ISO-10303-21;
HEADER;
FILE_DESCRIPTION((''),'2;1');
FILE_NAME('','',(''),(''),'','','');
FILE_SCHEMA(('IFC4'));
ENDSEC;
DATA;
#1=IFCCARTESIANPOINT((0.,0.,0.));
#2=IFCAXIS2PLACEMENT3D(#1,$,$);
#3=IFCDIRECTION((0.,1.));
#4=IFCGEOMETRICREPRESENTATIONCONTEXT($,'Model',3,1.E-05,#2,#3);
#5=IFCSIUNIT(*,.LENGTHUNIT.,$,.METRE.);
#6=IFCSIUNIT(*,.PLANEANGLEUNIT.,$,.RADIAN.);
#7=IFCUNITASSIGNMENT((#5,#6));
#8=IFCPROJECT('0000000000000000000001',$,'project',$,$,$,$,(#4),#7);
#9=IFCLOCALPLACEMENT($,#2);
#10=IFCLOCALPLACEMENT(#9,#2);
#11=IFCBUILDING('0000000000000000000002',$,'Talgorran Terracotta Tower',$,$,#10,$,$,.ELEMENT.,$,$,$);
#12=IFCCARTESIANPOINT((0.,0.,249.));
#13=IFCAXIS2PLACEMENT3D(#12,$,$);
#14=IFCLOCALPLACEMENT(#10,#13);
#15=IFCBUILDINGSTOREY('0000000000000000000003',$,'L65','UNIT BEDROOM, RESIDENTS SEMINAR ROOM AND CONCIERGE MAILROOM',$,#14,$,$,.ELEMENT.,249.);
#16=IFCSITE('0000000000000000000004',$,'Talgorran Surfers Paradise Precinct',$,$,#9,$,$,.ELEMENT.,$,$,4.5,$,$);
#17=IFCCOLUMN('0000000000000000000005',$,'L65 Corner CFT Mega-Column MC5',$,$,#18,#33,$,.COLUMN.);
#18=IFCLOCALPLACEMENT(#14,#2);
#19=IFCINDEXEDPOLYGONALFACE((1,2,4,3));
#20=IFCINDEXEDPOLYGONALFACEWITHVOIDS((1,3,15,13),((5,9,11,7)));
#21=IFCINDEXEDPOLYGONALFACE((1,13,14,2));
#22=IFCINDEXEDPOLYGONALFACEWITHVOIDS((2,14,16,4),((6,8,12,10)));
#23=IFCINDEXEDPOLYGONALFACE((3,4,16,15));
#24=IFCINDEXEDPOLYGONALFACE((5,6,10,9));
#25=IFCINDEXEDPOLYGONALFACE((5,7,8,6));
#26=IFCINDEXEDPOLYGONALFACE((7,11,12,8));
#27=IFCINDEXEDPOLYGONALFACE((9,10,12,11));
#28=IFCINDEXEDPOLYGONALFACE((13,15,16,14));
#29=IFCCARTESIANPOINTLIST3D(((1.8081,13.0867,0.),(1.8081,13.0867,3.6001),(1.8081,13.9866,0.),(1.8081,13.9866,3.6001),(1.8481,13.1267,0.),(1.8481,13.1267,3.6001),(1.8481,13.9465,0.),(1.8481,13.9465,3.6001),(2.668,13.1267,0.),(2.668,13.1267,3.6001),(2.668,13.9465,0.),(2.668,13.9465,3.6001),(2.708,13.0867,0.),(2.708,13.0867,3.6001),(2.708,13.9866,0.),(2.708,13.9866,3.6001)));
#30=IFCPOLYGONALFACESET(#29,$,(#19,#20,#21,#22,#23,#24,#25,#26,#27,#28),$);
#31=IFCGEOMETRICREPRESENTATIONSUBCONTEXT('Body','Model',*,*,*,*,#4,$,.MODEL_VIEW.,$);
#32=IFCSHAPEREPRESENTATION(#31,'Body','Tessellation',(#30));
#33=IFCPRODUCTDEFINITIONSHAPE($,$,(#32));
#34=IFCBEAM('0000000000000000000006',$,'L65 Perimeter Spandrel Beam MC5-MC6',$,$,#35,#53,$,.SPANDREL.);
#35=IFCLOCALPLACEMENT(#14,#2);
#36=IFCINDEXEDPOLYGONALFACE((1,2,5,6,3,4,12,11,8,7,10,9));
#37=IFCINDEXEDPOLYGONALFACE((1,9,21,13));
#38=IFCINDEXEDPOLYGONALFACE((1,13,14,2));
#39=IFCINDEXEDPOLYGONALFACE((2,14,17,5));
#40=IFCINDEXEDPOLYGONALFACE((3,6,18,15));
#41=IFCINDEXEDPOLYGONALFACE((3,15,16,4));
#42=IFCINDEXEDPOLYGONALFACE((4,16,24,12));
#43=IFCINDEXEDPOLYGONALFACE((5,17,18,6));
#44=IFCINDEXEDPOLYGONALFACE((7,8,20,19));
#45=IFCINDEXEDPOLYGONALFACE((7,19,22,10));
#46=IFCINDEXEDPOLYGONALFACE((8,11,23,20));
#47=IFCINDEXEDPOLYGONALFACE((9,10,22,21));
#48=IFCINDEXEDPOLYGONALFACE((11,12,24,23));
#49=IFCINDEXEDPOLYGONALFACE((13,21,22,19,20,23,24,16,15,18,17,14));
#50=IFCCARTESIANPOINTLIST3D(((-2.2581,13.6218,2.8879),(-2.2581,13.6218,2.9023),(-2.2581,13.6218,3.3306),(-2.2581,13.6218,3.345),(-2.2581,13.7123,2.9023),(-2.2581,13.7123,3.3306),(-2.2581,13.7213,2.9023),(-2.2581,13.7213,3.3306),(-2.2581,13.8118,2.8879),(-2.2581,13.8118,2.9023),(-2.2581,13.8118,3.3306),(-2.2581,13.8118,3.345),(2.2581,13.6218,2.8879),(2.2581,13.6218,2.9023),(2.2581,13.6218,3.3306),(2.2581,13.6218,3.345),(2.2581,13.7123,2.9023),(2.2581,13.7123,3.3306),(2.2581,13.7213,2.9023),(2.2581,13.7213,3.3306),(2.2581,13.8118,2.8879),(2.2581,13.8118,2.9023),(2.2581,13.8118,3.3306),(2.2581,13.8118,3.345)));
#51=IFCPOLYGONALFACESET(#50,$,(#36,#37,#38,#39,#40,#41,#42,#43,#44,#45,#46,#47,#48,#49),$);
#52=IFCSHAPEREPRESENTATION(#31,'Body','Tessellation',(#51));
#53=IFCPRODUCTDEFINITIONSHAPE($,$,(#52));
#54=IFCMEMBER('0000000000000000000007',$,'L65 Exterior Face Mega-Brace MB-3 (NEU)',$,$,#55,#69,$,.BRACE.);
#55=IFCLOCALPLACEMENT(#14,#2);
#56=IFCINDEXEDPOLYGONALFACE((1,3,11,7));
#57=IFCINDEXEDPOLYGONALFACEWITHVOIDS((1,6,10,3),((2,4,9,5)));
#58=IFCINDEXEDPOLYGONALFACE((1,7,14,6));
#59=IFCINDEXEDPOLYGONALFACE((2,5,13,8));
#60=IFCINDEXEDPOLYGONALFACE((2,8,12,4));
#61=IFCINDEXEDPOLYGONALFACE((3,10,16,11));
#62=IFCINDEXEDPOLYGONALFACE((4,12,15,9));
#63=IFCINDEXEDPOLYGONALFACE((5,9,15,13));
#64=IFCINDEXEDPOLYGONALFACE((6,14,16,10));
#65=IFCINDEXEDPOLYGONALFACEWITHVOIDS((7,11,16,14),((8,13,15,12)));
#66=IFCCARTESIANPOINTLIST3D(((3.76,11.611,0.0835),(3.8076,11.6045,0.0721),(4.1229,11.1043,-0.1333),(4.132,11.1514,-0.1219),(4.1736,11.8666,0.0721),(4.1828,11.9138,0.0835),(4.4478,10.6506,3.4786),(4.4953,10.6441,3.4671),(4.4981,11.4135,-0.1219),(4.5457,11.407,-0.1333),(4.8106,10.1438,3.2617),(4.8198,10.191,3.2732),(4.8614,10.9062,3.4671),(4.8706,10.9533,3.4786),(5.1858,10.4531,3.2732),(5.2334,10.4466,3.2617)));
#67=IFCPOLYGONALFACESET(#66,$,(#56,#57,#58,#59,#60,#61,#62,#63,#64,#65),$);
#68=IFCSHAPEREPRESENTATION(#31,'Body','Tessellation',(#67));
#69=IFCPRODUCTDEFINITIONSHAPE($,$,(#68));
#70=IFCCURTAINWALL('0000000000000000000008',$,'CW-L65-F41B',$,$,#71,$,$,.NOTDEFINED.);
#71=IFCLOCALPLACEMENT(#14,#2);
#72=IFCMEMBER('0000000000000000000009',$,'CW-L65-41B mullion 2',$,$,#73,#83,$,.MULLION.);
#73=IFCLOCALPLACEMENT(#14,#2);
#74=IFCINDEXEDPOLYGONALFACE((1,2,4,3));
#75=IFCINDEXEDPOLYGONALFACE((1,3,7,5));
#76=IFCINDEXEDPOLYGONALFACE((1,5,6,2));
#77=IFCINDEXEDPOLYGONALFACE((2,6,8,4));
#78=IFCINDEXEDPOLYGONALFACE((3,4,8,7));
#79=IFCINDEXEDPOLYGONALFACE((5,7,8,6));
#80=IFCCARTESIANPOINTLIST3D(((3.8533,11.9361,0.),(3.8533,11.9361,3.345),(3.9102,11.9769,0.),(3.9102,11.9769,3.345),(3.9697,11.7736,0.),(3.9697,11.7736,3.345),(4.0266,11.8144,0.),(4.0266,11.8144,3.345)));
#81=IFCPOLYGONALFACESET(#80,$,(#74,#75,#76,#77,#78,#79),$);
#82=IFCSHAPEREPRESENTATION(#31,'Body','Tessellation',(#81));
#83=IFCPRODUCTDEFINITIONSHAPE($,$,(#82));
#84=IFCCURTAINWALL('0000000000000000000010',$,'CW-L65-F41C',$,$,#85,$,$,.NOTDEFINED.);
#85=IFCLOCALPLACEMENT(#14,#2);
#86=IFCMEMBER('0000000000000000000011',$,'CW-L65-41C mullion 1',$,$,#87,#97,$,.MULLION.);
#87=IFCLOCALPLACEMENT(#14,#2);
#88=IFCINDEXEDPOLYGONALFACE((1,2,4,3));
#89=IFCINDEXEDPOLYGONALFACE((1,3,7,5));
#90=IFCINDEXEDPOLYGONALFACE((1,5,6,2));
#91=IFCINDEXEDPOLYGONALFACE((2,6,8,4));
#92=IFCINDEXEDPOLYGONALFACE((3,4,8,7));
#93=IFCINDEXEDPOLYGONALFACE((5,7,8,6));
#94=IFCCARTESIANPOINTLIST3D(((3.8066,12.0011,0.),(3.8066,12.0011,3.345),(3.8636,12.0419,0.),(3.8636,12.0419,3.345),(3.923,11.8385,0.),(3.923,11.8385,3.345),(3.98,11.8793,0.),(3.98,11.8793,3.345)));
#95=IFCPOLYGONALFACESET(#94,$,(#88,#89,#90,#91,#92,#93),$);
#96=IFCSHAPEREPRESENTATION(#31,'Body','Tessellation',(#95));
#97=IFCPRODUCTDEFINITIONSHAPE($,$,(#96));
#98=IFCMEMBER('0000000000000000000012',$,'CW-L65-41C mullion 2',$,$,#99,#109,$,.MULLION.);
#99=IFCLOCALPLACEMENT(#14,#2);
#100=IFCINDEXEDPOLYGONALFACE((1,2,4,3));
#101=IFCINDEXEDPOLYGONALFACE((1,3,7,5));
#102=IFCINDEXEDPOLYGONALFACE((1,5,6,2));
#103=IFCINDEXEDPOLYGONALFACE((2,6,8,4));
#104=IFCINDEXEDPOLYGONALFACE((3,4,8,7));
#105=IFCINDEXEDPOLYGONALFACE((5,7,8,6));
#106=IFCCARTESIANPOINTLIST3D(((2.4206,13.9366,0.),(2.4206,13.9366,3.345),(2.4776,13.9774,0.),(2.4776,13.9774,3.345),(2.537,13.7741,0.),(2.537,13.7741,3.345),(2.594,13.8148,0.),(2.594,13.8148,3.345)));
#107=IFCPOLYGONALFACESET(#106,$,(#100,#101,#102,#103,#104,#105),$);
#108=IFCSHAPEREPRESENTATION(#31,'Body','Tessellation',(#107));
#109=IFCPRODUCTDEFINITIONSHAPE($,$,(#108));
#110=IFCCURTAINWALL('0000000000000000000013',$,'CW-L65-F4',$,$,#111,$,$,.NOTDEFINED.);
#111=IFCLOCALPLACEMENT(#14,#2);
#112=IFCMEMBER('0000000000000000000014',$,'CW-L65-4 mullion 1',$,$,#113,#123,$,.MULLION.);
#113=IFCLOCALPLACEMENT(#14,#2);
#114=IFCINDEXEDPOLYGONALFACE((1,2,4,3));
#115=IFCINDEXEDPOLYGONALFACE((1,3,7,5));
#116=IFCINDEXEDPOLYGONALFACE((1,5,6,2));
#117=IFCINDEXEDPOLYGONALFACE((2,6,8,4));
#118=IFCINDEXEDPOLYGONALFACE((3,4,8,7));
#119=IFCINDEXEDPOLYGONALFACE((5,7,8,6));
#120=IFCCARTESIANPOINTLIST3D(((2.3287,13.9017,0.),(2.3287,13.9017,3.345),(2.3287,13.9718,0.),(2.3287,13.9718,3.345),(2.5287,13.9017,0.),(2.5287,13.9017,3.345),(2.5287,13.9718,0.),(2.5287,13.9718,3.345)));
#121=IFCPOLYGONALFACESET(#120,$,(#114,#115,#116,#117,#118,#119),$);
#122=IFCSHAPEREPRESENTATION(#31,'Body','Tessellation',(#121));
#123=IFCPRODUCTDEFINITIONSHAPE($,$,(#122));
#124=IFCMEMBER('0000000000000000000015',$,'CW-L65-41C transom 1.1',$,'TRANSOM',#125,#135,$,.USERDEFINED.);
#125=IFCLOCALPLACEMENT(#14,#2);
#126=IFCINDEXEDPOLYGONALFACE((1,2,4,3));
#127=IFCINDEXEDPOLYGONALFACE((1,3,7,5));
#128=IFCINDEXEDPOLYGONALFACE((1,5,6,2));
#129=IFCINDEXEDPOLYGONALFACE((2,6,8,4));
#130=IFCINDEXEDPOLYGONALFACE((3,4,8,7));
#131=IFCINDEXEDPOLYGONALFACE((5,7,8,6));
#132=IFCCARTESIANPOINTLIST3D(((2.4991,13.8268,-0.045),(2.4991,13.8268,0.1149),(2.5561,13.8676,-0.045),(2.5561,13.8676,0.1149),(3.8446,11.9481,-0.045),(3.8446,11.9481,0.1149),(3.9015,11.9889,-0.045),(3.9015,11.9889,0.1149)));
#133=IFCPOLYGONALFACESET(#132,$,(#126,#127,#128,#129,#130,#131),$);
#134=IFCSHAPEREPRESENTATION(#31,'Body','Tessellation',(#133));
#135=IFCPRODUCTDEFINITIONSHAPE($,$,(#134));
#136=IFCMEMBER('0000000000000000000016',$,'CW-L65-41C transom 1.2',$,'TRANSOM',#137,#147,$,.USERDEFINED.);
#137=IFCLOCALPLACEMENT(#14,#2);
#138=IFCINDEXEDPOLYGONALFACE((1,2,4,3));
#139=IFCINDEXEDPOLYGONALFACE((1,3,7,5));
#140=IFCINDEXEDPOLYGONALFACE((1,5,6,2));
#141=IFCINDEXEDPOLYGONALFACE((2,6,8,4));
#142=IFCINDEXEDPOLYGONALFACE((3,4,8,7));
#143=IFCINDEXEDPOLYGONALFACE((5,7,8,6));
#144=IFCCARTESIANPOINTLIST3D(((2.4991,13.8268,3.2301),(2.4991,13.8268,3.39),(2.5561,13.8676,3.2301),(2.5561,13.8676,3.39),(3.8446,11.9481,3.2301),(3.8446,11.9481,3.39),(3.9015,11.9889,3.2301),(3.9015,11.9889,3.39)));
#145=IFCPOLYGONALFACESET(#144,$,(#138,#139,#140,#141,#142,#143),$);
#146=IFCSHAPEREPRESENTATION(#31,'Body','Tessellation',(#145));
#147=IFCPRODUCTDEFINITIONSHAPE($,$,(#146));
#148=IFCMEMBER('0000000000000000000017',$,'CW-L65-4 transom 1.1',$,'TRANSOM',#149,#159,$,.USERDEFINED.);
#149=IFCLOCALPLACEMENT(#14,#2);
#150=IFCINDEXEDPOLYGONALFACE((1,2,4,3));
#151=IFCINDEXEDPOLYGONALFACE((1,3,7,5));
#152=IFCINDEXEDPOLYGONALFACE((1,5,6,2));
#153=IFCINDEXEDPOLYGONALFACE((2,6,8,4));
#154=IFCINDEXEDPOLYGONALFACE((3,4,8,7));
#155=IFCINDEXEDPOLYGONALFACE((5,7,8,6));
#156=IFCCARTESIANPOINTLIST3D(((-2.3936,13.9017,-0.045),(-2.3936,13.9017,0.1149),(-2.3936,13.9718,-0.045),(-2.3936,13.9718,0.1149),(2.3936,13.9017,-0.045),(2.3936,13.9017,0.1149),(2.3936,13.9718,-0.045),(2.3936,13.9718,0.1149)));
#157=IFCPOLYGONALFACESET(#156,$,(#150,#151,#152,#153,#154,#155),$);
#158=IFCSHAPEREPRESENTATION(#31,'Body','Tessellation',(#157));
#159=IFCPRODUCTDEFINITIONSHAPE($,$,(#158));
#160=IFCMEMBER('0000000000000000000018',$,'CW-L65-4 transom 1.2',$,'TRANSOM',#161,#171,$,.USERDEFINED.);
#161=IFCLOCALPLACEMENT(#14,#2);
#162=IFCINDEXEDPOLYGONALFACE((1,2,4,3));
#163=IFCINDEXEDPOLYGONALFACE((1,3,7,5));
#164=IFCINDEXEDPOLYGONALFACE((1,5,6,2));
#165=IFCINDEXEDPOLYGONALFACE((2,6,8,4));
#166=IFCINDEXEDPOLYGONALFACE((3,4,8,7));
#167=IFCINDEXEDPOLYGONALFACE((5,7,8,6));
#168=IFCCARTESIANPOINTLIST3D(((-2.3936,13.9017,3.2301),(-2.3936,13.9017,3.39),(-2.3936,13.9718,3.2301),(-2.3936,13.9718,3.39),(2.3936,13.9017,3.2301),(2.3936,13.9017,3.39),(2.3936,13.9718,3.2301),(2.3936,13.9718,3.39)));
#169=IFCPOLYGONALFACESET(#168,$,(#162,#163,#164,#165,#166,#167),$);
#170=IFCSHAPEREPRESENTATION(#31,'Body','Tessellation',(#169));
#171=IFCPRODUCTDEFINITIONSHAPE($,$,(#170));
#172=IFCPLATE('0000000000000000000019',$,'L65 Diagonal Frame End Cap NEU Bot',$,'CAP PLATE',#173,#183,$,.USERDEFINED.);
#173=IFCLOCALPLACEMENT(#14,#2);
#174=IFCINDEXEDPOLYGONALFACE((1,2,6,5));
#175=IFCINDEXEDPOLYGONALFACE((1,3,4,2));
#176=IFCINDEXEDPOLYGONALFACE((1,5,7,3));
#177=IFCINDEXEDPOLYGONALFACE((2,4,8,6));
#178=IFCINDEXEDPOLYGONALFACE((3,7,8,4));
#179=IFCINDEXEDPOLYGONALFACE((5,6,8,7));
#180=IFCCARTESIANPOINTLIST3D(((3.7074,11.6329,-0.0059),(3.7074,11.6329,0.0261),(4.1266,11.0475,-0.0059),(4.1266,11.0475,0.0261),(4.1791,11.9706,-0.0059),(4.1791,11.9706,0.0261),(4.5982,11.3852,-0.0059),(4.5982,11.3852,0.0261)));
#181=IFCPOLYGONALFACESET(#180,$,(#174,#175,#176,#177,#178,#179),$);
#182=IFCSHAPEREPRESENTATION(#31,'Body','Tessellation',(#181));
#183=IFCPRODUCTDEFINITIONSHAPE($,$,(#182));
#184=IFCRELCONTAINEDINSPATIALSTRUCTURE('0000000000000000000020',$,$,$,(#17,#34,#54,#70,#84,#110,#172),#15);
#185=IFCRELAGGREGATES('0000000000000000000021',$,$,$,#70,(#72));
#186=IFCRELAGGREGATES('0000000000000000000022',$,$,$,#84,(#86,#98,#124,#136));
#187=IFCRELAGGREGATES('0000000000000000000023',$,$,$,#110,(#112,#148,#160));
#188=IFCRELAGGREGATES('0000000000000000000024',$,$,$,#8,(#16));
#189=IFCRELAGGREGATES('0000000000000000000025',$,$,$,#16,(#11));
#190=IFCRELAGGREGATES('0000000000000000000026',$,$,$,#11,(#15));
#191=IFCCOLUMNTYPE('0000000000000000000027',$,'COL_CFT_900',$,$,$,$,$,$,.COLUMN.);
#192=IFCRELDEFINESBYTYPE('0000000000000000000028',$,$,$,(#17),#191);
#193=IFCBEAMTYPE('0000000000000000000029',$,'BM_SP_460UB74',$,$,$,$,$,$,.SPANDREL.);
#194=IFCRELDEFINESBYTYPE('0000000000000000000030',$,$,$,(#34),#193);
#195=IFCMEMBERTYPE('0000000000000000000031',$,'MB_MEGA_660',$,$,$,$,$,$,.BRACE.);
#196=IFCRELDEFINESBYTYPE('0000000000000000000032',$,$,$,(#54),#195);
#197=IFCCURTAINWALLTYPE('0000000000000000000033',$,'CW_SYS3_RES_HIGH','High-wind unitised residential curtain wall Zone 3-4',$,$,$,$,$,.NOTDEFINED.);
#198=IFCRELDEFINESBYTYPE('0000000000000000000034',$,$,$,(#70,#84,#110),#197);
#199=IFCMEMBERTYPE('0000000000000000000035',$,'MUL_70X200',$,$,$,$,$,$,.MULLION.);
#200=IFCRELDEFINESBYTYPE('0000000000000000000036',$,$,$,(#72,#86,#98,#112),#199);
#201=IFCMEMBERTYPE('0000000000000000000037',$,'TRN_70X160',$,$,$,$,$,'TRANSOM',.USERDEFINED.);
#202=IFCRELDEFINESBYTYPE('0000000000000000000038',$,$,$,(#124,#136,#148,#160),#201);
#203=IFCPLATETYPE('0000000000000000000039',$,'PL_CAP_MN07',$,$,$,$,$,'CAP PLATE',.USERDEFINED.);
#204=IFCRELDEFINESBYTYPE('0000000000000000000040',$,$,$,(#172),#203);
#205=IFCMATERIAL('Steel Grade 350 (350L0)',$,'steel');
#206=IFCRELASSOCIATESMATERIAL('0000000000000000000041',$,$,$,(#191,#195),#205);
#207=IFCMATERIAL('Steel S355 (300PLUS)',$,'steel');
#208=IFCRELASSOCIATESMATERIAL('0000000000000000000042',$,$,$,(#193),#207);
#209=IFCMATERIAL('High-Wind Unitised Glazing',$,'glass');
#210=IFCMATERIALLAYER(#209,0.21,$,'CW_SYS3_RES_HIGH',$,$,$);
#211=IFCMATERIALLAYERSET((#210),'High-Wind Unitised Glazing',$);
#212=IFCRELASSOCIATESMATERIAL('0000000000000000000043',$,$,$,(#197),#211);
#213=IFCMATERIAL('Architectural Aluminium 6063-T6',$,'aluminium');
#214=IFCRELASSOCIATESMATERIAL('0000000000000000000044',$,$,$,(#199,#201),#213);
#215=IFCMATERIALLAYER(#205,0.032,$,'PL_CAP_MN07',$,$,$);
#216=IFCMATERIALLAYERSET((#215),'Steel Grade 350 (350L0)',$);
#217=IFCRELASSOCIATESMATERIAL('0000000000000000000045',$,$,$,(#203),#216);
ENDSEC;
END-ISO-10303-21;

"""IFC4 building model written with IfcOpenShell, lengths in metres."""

from ifc_helpers import new_model, si_unit, direction, frame, origin, origin_2d, place, context, subcontext, project, spatial, rectangle, hollow_rectangle, i_section, extrude, material, layer, layer_set, material_profile, profile_set, type_object, element, aggregate, save


model = new_model("IFC4")

# Units and contexts
model_context = context("Model", 3, precision=1e-05, world=origin(), true_north=direction((0.0, 1.0)))
body_context = subcontext(model_context, "Body", "Model", "MODEL_VIEW")
ifc_project = project(units=[si_unit("LENGTHUNIT", "METRE"), si_unit("PLANEANGLEUNIT", "RADIAN")], contexts=[model_context])

# Site, building, storey
site_placement = place(None, origin())
site = spatial("IfcSite", under=ifc_project, at=site_placement, Name="Talgorran Surfers Paradise Precinct", CompositionType="ELEMENT", RefElevation=4.5)
building_placement = place(site_placement, origin())
building = spatial("IfcBuilding", under=site, at=building_placement, Name="Talgorran Terracotta Tower", CompositionType="ELEMENT")
storey_placement = place(building_placement, frame((0.0, 0.0, 249.0)))
storey = spatial("IfcBuildingStorey", under=building, at=storey_placement, Name="L65", Description="UNIT BEDROOM, RESIDENTS SEMINAR ROOM AND CONCIERGE MAILROOM", CompositionType="ELEMENT", Elevation=249.0)

# Column
ifc_material_1 = material(Name="Steel Grade 350 (350L0)", Category="steel")
ifc_material_profile_1 = material_profile(ifc_material_1, hollow_rectangle(XDim=0.8999, YDim=0.8999, WallThickness=0.04, at=origin_2d()), Name="CFT900X900X40")
ifc_profile_set_1 = profile_set([ifc_material_profile_1], Name="Steel Grade 350 (350L0)")
column_type = type_object("IfcColumnType", Name="COL_CFT_900", PredefinedType="COLUMN", material=ifc_profile_set_1)
column_placement = place(storey_placement, frame((2.2581, 13.5366, 0.0), z_axis=(0.0, 0.0, 1.0), x_axis=(1.0, 0.0, 0.0)))
element("IfcColumn", 1, at=column_placement, inside=storey, type_object=column_type, Name="L65 Corner CFT Mega-Column MC5", PredefinedType="COLUMN", context=body_context, shape_type="SweptSolid", body=[
    extrude(hollow_rectangle(XDim=0.8999, YDim=0.8999, WallThickness=0.04, at=origin_2d()), origin(), (0.0, 0.0, 1.0), 3.6001),
])

# Beam
ifc_material_2 = material(Name="Steel S355 (300PLUS)", Category="steel")
ifc_material_profile_2 = material_profile(ifc_material_2, i_section(OverallWidth=0.1899, OverallDepth=0.457, WebThickness=0.009, FlangeThickness=0.0144, at=origin_2d()), Name="460UB74.6")
ifc_profile_set_2 = profile_set([ifc_material_profile_2], Name="Steel S355 (300PLUS)")
beam_type = type_object("IfcBeamType", Name="BM_SP_460UB74", PredefinedType="SPANDREL", material=ifc_profile_set_2)
beam_placement = place(storey_placement, frame((2.2581, 13.7168, 3.1165), z_axis=(-1.0, 0.0, 0.0), x_axis=(0.0, -1.0, 0.0)))
element("IfcBeam", 2, at=beam_placement, inside=storey, type_object=beam_type, Name="L65 Perimeter Spandrel Beam MC5-MC6", PredefinedType="SPANDREL", context=body_context, shape_type="SweptSolid", body=[
    extrude(i_section(OverallWidth=0.1899, OverallDepth=0.457, WebThickness=0.009, FlangeThickness=0.0144, at=origin_2d()), origin(), (0.0, 0.0, 1.0), 4.5161),
])

# Member
ifc_material_profile_3 = material_profile(ifc_material_1, hollow_rectangle(XDim=0.52, YDim=0.6599, WallThickness=0.0349, at=origin_2d()), Name="WBOX660X520X35")
ifc_profile_set_3 = profile_set([ifc_material_profile_3], Name="Steel Grade 350 (350L0)")
member_type_1 = type_object("IfcMemberType", Name="MB_MEGA_660", PredefinedType="BRACE", material=ifc_profile_set_3)
member_1_placement = place(storey_placement, frame((4.1528, 11.509, -0.0249), z_axis=(0.191324, -0.267187, 0.944461), x_axis=(0.813049, 0.582196, 0.0)))
element("IfcMember", 3, at=member_1_placement, inside=storey, type_object=member_type_1, Name="L65 Exterior Face Mega-Brace MB-3 (NEU)", PredefinedType="BRACE", context=body_context, shape_type="SweptSolid", body=[
    extrude(hollow_rectangle(XDim=0.52, YDim=0.6599, WallThickness=0.0349, at=origin_2d()), origin(), (0.0, 0.0, 1.0), 3.5947),
])

# Curtain wall, member
ifc_material_3 = material(Name="High-Wind Unitised Glazing", Category="glass")
ifc_layer_1 = layer(ifc_material_3, 0.21, Name="CW_SYS3_RES_HIGH")
ifc_layer_set_1 = layer_set([ifc_layer_1], Name="High-Wind Unitised Glazing")
curtain_wall_type = type_object("IfcCurtainWallType", Name="CW_SYS3_RES_HIGH", Description="High-wind unitised residential curtain wall Zone 3-4", PredefinedType="NOTDEFINED", material=ifc_layer_set_1)
curtain_wall_1_placement = place(storey_placement, origin())
curtain_wall_1 = element("IfcCurtainWall", 4, at=curtain_wall_1_placement, inside=storey, type_object=curtain_wall_type, Name="CW-L65-F41B", PredefinedType="NOTDEFINED")
ifc_material_4 = material(Name="Architectural Aluminium 6063-T6", Category="aluminium")
ifc_material_profile_4 = material_profile(ifc_material_4, rectangle(XDim=0.0701, YDim=0.2, at=origin_2d()), Name="CWM70X200")
ifc_profile_set_4 = profile_set([ifc_material_profile_4], Name="Architectural Aluminium 6063-T6")
member_type_2 = type_object("IfcMemberType", Name="MUL_70X200", PredefinedType="MULLION", material=ifc_profile_set_4)
member_2_placement = place(storey_placement, frame((3.9399, 11.8752, 0.0), z_axis=(0.0, 0.0, 1.0), x_axis=(-0.813046, -0.5822, 0.0)))
member_2 = element("IfcMember", 5, at=member_2_placement, type_object=member_type_2, Name="CW-L65-41B mullion 2", PredefinedType="MULLION", context=body_context, shape_type="SweptSolid", body=[
    extrude(rectangle(XDim=0.0701, YDim=0.2, at=origin_2d()), origin(), (0.0, 0.0, 1.0), 3.345),
])

# Curtain wall, members
curtain_wall_2_placement = place(storey_placement, origin())
curtain_wall_2 = element("IfcCurtainWall", 6, at=curtain_wall_2_placement, inside=storey, type_object=curtain_wall_type, Name="CW-L65-F41C", PredefinedType="NOTDEFINED")
member_3_placement = place(storey_placement, frame((3.8933, 11.9402, 0.0), z_axis=(0.0, 0.0, 1.0), x_axis=(-0.813041, -0.582207, 0.0)))
member_3 = element("IfcMember", 7, at=member_3_placement, type_object=member_type_2, Name="CW-L65-41C mullion 1", PredefinedType="MULLION", context=body_context, shape_type="SweptSolid", body=[
    extrude(rectangle(XDim=0.0701, YDim=0.2, at=origin_2d()), origin(), (0.0, 0.0, 1.0), 3.345),
])
member_4_placement = place(storey_placement, frame((2.5073, 13.8757, 0.0), z_axis=(0.0, 0.0, 1.0), x_axis=(-0.813041, -0.582207, 0.0)))
member_4 = element("IfcMember", 8, at=member_4_placement, type_object=member_type_2, Name="CW-L65-41C mullion 2", PredefinedType="MULLION", context=body_context, shape_type="SweptSolid", body=[
    extrude(rectangle(XDim=0.0701, YDim=0.2, at=origin_2d()), origin(), (0.0, 0.0, 1.0), 3.345),
])

# Curtain wall, member
curtain_wall_3_placement = place(storey_placement, origin())
curtain_wall_3 = element("IfcCurtainWall", 9, at=curtain_wall_3_placement, inside=storey, type_object=curtain_wall_type, Name="CW-L65-F4", PredefinedType="NOTDEFINED")
member_5_placement = place(storey_placement, frame((2.4287, 13.9368, 0.0), z_axis=(0.0, 0.0, 1.0), x_axis=(0.0, -1.0, 0.0)))
member_5 = element("IfcMember", 10, at=member_5_placement, type_object=member_type_2, Name="CW-L65-4 mullion 1", PredefinedType="MULLION", context=body_context, shape_type="SweptSolid", body=[
    extrude(rectangle(XDim=0.0701, YDim=0.2, at=origin_2d()), origin(), (0.0, 0.0, 1.0), 3.345),
])

# Members
ifc_material_profile_5 = material_profile(ifc_material_4, rectangle(XDim=0.0701, YDim=0.1599, at=origin_2d()), Name="CWT70X160")
ifc_profile_set_5 = profile_set([ifc_material_profile_5], Name="Architectural Aluminium 6063-T6")
member_type_3 = type_object("IfcMemberType", Name="TRN_70X160", ElementType="TRANSOM", PredefinedType="USERDEFINED", material=ifc_profile_set_5)
member_6_placement = place(storey_placement, frame((3.873, 11.9685, 0.0349), z_axis=(-0.582257, 0.813005, 0.0), x_axis=(-0.813005, -0.582257, 0.0)))
member_6 = element("IfcMember", 11, at=member_6_placement, type_object=member_type_3, Name="CW-L65-41C transom 1.1", ObjectType="TRANSOM", PredefinedType="USERDEFINED", context=body_context, shape_type="SweptSolid", body=[
    extrude(rectangle(XDim=0.0701, YDim=0.1599, at=origin_2d()), origin(), (0.0, 0.0, 1.0), 2.3108),
])
member_7_placement = place(storey_placement, frame((3.873, 11.9685, 3.3101), z_axis=(-0.582257, 0.813005, 0.0), x_axis=(-0.813005, -0.582257, 0.0)))
member_7 = element("IfcMember", 12, at=member_7_placement, type_object=member_type_3, Name="CW-L65-41C transom 1.2", ObjectType="TRANSOM", PredefinedType="USERDEFINED", context=body_context, shape_type="SweptSolid", body=[
    extrude(rectangle(XDim=0.0701, YDim=0.1599, at=origin_2d()), origin(), (0.0, 0.0, 1.0), 2.3108),
])
member_8_placement = place(storey_placement, frame((2.3936, 13.9368, 0.0349), z_axis=(-1.0, 0.0, 0.0), x_axis=(0.0, -1.0, 0.0)))
member_8 = element("IfcMember", 13, at=member_8_placement, type_object=member_type_3, Name="CW-L65-4 transom 1.1", ObjectType="TRANSOM", PredefinedType="USERDEFINED", context=body_context, shape_type="SweptSolid", body=[
    extrude(rectangle(XDim=0.0701, YDim=0.1599, at=origin_2d()), origin(), (0.0, 0.0, 1.0), 4.7871),
])
member_9_placement = place(storey_placement, frame((2.3936, 13.9368, 3.3101), z_axis=(-1.0, 0.0, 0.0), x_axis=(0.0, -1.0, 0.0)))
member_9 = element("IfcMember", 14, at=member_9_placement, type_object=member_type_3, Name="CW-L65-4 transom 1.2", ObjectType="TRANSOM", PredefinedType="USERDEFINED", context=body_context, shape_type="SweptSolid", body=[
    extrude(rectangle(XDim=0.0701, YDim=0.1599, at=origin_2d()), origin(), (0.0, 0.0, 1.0), 4.7871),
])

# Plate
ifc_layer_2 = layer(ifc_material_1, 0.032, Name="PL_CAP_MN07")
ifc_layer_set_2 = layer_set([ifc_layer_2], Name="Steel Grade 350 (350L0)")
plate_type_1 = type_object("IfcPlateType", Name="PL_CAP_MN07", ElementType="CAP PLATE", PredefinedType="USERDEFINED", material=ifc_layer_set_2)
for number, where, z_axis, x_axis, name in (
    (15, (4.1528, 11.509, -0.0059), (0.0, 0.0, 1.0), (0.582123, -0.813101, 0.0), "L65 Diagonal Frame End Cap NEU Bot"),
):
    element("IfcPlate", number, at=place(storey_placement, frame(where, z_axis=z_axis, x_axis=x_axis)), inside=storey, type_object=plate_type_1, Name=name, ObjectType="CAP PLATE", PredefinedType="USERDEFINED", context=body_context, shape_type="SweptSolid", body=[
        extrude(rectangle(XDim=0.72, YDim=0.5801, at=origin_2d()), origin(), (0.0, 0.0, 1.0), 0.032),
    ])

aggregate(curtain_wall_1, [member_2])
aggregate(curtain_wall_2, [member_3, member_4, member_6, member_7])
aggregate(curtain_wall_3, [member_5, member_8, member_9])

save(model, "model.ifc")
